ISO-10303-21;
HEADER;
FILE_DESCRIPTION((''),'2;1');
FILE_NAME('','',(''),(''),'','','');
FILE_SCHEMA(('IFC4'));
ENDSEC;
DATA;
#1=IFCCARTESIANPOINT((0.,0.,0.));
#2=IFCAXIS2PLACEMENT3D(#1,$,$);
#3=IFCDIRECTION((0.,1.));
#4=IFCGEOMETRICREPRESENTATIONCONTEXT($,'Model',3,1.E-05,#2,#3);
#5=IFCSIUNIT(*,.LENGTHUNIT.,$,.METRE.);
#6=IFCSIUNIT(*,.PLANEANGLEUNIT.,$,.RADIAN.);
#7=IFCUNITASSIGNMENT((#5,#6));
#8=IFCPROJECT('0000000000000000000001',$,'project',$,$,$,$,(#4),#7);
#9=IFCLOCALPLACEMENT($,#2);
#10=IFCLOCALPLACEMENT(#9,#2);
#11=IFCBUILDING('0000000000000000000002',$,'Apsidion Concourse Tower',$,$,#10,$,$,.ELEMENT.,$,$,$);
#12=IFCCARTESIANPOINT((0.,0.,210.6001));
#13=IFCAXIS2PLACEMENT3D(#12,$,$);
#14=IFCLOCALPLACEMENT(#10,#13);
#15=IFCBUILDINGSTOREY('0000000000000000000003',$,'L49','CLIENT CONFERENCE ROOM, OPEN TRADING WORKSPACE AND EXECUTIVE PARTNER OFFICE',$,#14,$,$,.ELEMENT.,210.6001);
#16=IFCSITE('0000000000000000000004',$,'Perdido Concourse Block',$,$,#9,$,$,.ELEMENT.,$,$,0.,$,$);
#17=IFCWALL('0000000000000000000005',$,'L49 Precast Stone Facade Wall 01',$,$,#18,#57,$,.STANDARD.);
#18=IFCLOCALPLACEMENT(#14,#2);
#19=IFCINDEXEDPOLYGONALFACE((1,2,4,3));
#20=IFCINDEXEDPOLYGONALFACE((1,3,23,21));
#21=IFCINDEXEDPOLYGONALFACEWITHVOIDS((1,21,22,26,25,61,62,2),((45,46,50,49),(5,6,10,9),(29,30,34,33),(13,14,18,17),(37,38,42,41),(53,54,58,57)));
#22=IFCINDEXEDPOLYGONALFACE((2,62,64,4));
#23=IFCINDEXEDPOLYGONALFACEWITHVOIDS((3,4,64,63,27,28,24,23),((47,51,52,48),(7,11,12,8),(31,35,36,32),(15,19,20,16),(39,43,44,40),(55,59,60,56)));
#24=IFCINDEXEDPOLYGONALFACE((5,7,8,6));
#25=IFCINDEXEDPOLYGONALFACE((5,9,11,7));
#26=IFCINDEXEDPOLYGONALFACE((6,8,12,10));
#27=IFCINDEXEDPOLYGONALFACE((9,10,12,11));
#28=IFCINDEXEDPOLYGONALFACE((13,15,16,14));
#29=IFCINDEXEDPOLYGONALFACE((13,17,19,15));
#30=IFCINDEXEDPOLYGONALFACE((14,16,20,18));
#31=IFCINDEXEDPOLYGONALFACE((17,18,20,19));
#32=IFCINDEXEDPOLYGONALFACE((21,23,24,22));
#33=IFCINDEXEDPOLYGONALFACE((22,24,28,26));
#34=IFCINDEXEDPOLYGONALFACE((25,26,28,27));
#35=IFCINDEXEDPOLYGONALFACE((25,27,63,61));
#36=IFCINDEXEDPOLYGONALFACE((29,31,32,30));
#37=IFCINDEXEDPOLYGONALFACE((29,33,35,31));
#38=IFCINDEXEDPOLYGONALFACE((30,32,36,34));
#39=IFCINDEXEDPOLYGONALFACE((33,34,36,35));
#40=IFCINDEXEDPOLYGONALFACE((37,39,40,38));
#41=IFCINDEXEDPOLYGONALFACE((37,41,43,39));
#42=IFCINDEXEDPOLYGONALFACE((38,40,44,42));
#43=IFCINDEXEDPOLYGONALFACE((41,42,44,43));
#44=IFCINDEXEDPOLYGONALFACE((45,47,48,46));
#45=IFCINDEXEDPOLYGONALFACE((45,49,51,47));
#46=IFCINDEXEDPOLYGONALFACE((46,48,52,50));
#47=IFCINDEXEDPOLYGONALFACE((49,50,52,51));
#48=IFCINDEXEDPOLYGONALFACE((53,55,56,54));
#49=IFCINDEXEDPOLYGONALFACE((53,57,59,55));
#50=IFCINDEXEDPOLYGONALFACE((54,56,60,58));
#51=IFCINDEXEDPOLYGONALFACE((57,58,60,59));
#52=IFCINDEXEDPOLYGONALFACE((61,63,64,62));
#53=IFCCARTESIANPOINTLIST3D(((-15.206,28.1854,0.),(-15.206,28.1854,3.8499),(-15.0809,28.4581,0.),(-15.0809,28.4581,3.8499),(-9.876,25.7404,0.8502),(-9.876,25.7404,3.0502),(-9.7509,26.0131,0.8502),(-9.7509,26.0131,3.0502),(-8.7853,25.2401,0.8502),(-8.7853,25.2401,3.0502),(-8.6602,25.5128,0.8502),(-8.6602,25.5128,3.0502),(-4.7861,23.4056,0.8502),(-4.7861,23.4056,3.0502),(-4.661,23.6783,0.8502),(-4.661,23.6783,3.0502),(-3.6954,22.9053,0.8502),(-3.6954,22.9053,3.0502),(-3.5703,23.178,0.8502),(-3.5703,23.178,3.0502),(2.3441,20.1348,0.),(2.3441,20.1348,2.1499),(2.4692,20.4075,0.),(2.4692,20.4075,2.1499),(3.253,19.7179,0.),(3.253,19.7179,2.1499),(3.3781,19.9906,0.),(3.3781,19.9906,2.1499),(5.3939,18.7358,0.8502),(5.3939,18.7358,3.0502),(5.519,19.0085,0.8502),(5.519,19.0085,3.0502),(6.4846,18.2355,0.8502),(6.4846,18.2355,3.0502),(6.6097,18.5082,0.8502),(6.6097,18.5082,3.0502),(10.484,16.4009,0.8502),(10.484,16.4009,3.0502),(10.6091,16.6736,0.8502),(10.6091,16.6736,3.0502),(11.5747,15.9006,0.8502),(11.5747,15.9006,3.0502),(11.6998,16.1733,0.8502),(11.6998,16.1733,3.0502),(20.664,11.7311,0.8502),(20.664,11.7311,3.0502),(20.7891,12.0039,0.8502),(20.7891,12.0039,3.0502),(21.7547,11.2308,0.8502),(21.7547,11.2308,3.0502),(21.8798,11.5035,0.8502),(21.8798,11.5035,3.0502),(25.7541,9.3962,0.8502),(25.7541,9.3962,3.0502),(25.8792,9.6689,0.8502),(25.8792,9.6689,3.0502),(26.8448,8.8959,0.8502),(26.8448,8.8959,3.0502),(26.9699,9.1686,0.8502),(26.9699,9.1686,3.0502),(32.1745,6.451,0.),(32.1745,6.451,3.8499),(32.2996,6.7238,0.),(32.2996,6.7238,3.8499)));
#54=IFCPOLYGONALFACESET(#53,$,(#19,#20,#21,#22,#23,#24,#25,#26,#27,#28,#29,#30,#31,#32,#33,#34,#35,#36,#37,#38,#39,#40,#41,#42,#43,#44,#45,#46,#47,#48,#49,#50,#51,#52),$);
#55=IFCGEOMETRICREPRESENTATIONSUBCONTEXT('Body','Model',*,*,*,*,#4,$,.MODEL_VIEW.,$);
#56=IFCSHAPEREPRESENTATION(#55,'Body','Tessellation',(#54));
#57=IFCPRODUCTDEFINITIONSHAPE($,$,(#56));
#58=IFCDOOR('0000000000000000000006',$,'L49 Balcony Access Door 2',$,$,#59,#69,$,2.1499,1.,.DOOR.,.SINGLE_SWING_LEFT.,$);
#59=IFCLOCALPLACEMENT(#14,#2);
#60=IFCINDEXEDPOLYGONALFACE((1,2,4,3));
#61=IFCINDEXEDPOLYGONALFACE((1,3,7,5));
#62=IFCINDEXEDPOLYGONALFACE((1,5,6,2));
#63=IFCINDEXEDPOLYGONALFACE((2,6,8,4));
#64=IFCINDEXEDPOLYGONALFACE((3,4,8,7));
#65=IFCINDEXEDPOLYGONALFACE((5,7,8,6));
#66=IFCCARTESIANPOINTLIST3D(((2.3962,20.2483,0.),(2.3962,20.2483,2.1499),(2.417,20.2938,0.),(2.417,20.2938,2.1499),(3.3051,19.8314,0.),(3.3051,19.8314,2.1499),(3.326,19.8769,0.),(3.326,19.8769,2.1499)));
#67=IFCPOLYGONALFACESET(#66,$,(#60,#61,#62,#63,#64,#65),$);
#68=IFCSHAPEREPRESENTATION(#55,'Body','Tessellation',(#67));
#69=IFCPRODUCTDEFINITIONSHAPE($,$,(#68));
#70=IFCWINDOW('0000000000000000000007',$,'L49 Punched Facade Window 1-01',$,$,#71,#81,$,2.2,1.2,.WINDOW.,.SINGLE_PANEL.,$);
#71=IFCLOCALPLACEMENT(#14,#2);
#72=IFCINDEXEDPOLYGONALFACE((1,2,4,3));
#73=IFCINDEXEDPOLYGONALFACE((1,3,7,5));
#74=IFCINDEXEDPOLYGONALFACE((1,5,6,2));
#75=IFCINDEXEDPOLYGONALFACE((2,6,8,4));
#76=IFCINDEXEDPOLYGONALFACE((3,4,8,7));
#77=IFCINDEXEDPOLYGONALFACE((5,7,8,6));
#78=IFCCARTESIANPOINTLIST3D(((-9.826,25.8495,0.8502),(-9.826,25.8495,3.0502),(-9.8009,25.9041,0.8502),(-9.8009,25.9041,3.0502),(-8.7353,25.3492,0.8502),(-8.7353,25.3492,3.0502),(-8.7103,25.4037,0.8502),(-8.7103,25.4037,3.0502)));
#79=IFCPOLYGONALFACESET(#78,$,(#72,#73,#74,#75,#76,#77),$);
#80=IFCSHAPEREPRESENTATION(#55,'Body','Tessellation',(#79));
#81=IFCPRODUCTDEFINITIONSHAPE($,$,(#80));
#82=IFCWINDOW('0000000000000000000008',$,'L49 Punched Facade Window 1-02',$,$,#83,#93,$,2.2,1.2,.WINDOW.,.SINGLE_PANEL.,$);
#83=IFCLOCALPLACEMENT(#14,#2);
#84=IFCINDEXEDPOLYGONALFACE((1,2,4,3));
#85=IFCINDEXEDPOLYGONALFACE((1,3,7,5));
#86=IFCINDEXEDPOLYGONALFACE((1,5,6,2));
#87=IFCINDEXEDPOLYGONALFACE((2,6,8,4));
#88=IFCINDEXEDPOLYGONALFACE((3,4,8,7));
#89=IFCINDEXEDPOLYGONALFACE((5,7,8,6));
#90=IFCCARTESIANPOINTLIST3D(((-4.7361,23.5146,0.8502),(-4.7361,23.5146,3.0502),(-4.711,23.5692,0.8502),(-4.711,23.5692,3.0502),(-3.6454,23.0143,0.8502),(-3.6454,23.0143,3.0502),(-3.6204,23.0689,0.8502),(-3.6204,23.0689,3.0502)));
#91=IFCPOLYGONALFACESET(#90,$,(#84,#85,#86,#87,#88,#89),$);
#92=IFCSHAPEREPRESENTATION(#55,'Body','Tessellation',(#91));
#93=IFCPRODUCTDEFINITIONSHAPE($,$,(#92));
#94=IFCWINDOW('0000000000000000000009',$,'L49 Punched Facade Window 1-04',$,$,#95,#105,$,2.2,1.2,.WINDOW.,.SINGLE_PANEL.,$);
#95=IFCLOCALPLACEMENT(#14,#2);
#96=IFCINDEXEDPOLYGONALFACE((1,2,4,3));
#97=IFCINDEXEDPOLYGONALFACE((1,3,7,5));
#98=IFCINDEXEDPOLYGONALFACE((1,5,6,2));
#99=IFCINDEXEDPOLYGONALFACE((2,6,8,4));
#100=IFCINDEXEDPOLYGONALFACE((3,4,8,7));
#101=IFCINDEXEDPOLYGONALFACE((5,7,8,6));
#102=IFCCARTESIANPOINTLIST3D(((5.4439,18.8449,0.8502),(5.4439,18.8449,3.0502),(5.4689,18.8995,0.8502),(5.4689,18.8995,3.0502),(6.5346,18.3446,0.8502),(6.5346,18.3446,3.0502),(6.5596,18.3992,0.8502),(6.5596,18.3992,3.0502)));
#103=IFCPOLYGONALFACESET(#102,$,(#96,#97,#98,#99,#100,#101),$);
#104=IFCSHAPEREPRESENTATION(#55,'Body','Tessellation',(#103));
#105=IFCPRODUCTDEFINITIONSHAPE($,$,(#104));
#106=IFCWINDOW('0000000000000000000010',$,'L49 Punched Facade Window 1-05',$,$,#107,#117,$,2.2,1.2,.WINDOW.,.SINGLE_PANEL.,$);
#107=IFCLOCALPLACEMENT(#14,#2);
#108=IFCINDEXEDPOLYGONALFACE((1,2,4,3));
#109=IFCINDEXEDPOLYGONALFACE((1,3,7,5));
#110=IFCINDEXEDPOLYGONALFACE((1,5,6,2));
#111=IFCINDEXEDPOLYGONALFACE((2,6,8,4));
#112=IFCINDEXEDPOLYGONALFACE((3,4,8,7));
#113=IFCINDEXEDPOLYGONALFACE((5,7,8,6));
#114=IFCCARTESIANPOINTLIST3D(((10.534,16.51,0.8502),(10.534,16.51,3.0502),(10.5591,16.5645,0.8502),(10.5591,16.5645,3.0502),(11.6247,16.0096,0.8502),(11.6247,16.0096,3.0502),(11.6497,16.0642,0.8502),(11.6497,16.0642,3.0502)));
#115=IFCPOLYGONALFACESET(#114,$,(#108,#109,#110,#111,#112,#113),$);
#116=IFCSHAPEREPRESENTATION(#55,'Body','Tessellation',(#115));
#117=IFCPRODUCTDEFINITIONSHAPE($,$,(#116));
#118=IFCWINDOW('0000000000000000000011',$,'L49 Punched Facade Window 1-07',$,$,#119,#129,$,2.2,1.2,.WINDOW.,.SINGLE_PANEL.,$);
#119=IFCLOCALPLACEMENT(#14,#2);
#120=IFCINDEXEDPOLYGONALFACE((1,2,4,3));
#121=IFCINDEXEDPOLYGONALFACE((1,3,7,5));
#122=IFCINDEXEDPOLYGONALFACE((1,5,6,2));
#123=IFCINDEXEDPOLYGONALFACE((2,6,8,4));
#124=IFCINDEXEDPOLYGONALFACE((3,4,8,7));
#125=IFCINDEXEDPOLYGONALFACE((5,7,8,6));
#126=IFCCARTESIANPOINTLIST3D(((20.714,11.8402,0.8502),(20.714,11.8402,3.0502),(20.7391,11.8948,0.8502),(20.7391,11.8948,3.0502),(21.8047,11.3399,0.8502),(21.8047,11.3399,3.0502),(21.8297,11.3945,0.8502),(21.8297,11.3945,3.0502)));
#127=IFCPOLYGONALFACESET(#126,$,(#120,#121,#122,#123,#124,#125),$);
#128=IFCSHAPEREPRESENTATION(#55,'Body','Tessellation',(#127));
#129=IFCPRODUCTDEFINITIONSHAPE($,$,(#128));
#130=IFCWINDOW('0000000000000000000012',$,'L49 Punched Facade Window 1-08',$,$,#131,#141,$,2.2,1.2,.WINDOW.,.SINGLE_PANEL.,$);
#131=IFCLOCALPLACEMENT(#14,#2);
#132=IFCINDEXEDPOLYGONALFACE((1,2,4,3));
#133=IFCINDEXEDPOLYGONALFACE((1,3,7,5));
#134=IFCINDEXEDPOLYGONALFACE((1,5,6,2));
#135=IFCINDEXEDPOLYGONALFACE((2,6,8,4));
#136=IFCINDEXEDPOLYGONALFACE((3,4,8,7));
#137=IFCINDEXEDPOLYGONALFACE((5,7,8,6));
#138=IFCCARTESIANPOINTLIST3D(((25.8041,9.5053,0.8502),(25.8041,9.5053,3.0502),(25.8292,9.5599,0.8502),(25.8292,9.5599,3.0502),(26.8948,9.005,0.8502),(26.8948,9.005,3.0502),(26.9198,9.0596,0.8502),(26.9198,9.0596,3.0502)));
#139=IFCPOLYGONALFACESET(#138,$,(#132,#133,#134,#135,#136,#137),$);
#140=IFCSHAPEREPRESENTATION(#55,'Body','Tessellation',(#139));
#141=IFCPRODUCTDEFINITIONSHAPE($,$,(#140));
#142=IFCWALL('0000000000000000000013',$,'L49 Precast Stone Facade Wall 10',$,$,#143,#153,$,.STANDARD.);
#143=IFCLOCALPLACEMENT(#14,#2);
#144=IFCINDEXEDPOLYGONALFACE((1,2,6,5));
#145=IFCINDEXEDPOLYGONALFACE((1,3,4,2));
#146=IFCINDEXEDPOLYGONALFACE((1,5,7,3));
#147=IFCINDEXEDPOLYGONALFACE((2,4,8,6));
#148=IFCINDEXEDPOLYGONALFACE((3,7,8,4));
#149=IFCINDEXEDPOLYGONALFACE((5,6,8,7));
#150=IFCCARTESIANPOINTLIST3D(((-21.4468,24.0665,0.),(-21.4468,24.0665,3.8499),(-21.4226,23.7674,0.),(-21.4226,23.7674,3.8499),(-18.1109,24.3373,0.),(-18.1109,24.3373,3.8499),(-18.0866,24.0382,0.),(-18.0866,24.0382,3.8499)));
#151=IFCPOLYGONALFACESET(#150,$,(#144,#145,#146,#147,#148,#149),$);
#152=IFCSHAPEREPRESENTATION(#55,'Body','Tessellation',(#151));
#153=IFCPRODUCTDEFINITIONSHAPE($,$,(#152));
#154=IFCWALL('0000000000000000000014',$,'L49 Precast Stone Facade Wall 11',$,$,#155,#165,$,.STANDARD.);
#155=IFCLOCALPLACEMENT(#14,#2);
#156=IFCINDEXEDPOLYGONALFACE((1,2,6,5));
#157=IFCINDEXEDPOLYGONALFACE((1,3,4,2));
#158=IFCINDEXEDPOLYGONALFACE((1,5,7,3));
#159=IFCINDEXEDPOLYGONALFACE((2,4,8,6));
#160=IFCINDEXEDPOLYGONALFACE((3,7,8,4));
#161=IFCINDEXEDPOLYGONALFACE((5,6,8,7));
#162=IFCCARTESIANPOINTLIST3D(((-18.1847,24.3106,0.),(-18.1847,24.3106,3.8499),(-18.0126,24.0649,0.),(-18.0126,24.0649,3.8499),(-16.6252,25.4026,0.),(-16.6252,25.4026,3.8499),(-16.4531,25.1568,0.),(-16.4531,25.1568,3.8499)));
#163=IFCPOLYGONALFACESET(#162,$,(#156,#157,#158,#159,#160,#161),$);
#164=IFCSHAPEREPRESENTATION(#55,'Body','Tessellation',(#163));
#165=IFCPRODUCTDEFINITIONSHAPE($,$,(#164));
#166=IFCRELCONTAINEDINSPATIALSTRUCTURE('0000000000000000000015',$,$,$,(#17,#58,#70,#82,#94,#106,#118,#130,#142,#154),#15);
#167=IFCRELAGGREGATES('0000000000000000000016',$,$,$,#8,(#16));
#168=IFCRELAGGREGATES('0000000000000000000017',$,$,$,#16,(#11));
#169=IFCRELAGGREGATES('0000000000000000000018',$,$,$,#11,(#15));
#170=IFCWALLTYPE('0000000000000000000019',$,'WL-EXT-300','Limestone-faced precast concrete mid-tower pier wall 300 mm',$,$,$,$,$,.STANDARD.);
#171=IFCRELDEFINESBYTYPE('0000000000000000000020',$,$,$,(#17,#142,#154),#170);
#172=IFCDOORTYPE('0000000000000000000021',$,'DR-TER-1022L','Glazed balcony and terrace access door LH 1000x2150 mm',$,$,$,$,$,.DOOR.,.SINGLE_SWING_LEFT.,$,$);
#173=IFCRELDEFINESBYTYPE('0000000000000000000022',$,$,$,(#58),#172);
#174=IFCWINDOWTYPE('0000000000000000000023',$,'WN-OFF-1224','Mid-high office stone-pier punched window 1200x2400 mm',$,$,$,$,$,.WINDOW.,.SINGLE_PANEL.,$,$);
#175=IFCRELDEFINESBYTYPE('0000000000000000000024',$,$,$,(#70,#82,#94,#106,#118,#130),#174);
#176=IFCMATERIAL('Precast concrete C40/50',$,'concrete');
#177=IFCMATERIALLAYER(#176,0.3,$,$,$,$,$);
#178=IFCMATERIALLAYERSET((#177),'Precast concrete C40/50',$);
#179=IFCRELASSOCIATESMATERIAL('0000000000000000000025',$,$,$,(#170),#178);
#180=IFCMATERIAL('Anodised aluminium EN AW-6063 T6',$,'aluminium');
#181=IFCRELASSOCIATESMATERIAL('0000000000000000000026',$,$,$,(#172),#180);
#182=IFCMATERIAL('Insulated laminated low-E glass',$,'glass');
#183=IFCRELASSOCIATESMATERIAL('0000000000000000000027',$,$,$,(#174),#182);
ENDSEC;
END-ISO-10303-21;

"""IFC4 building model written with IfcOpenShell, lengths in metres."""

from ifc_helpers import new_model, si_unit, direction, frame, frame_2d, origin, place, context, subcontext, project, spatial, rectangle, extrude, material, layer, layer_set, type_object, element, fill, save


model = new_model("IFC4")

# Units and contexts
model_context = context("Model", 3, precision=1e-05, world=origin(), true_north=direction((0.0, 1.0)))
body_context = subcontext(model_context, "Body", "Model", "MODEL_VIEW")
ifc_project = project(units=[si_unit("LENGTHUNIT", "METRE"), si_unit("PLANEANGLEUNIT", "RADIAN")], contexts=[model_context])

# Site, building, storey
site_placement = place(None, origin())
site = spatial("IfcSite", under=ifc_project, at=site_placement, Name="Perdido Concourse Block", CompositionType="ELEMENT", RefElevation=0.0)
building_placement = place(site_placement, origin())
building = spatial("IfcBuilding", under=site, at=building_placement, Name="Apsidion Concourse Tower", CompositionType="ELEMENT")
storey_placement = place(building_placement, frame((0.0, 0.0, 210.6001)))
storey = spatial("IfcBuildingStorey", under=building, at=storey_placement, Name="L49", Description="CLIENT CONFERENCE ROOM, OPEN TRADING WORKSPACE AND EXECUTIVE PARTNER OFFICE", CompositionType="ELEMENT", Elevation=210.6001)

# Wall, openings, door, windows
ifc_material_1 = material(Name="Precast concrete C40/50", Category="concrete")
ifc_layer = layer(ifc_material_1, 0.3)
ifc_layer_set = layer_set([ifc_layer], Name="Precast concrete C40/50")
wall_type = type_object("IfcWallType", Name="WL-EXT-300", Description="Limestone-faced precast concrete mid-tower pier wall 300 mm", PredefinedType="STANDARD", material=ifc_layer_set)
wall_1_placement = place(storey_placement, frame((-15.1436, 28.3218, 0.0), z_axis=(0.0, 0.0, 1.0), x_axis=(0.908932, -0.416944, 0.0)))
wall_1 = element("IfcWall", 1, at=wall_1_placement, inside=storey, type_object=wall_type, Name="L49 Precast Stone Facade Wall 01", PredefinedType="STANDARD", context=body_context, shape_type="SweptSolid", body=[
    extrude(rectangle(XDim=52.1277, YDim=0.3, at=frame_2d((26.064, 0.0))), origin(), (0.0, 0.0, 1.0), 3.8499),
])
opening_1_placement = place(wall_1_placement, frame((19.3086, 0.0, 0.0)))
opening_1 = element("IfcOpeningElement", 2, at=opening_1_placement, cuts=wall_1, PredefinedType="OPENING", context=body_context, shape_type="SweptSolid", body=[
    extrude(rectangle(XDim=1.0, YDim=2.1499, at=frame_2d((0.5, 1.075))), frame((0.0, 0.1602, 0.0), z_axis=(0.0, -1.0, 0.0), x_axis=(1.0, 0.0, 0.0)), (0.0, 0.0, 1.0), 0.3201),
])
opening_2_placement = place(wall_1_placement, frame((5.864, 0.0, 0.8501)))
opening_2 = element("IfcOpeningElement", 3, at=opening_2_placement, cuts=wall_1, PredefinedType="OPENING", context=body_context, shape_type="SweptSolid", body=[
    extrude(rectangle(XDim=1.2, YDim=2.2, at=frame_2d((0.6001, 1.1001))), frame((0.0, 0.1602, 0.0), z_axis=(0.0, -1.0, 0.0), x_axis=(1.0, 0.0, 0.0)), (0.0, 0.0, 1.0), 0.3201),
])
opening_3_placement = place(wall_1_placement, frame((11.4639, 0.0, 0.8501)))
opening_3 = element("IfcOpeningElement", 4, at=opening_3_placement, cuts=wall_1, PredefinedType="OPENING", context=body_context, shape_type="SweptSolid", body=[
    extrude(rectangle(XDim=1.2, YDim=2.2, at=frame_2d((0.6001, 1.1001))), frame((0.0, 0.1602, 0.0), z_axis=(0.0, -1.0, 0.0), x_axis=(1.0, 0.0, 0.0)), (0.0, 0.0, 1.0), 0.3201),
])
opening_4_placement = place(wall_1_placement, frame((22.6638, 0.0, 0.8501)))
opening_4 = element("IfcOpeningElement", 5, at=opening_4_placement, cuts=wall_1, PredefinedType="OPENING", context=body_context, shape_type="SweptSolid", body=[
    extrude(rectangle(XDim=1.2, YDim=2.2, at=frame_2d((0.6001, 1.1001))), frame((0.0, 0.1602, 0.0), z_axis=(0.0, -1.0, 0.0), x_axis=(1.0, 0.0, 0.0)), (0.0, 0.0, 1.0), 0.3201),
])
opening_5_placement = place(wall_1_placement, frame((28.2639, 0.0, 0.8501)))
opening_5 = element("IfcOpeningElement", 6, at=opening_5_placement, cuts=wall_1, PredefinedType="OPENING", context=body_context, shape_type="SweptSolid", body=[
    extrude(rectangle(XDim=1.2, YDim=2.2, at=frame_2d((0.6001, 1.1001))), frame((0.0, 0.1602, 0.0), z_axis=(0.0, -1.0, 0.0), x_axis=(1.0, 0.0, 0.0)), (0.0, 0.0, 1.0), 0.3201),
])
opening_6_placement = place(wall_1_placement, frame((39.4639, 0.0, 0.8501)))
opening_6 = element("IfcOpeningElement", 7, at=opening_6_placement, cuts=wall_1, PredefinedType="OPENING", context=body_context, shape_type="SweptSolid", body=[
    extrude(rectangle(XDim=1.2, YDim=2.2, at=frame_2d((0.6001, 1.1001))), frame((0.0, 0.1602, 0.0), z_axis=(0.0, -1.0, 0.0), x_axis=(1.0, 0.0, 0.0)), (0.0, 0.0, 1.0), 0.3201),
])
opening_7_placement = place(wall_1_placement, frame((45.064, 0.0, 0.8501)))
opening_7 = element("IfcOpeningElement", 8, at=opening_7_placement, cuts=wall_1, PredefinedType="OPENING", context=body_context, shape_type="SweptSolid", body=[
    extrude(rectangle(XDim=1.2, YDim=2.2, at=frame_2d((0.6001, 1.1001))), frame((0.0, 0.1602, 0.0), z_axis=(0.0, -1.0, 0.0), x_axis=(1.0, 0.0, 0.0)), (0.0, 0.0, 1.0), 0.3201),
])
ifc_material_2 = material(Name="Anodised aluminium EN AW-6063 T6", Category="aluminium")
door_type = type_object("IfcDoorType", Name="DR-TER-1022L", Description="Glazed balcony and terrace access door LH 1000x2150 mm", OperationType="SINGLE_SWING_LEFT", PredefinedType="DOOR", material=ifc_material_2)
door_placement = place(opening_1_placement, origin())
door = element("IfcDoor", 9, at=door_placement, inside=storey, type_object=door_type, Name="L49 Balcony Access Door 2", OperationType="SINGLE_SWING_LEFT", OverallHeight=2.1499, OverallWidth=1.0, PredefinedType="DOOR", context=body_context, shape_type="SweptSolid", body=[
    extrude(rectangle(XDim=1.0, YDim=2.1499, at=frame_2d((0.5, 1.075))), frame((0.0, 0.0249, 0.0), z_axis=(0.0, -1.0, 0.0), x_axis=(1.0, 0.0, 0.0)), (0.0, 0.0, 1.0), 0.05),
])
fill(opening_1, door)
ifc_material_3 = material(Name="Insulated laminated low-E glass", Category="glass")
window_type = type_object("IfcWindowType", Name="WN-OFF-1224", Description="Mid-high office stone-pier punched window 1200x2400 mm", PartitioningType="SINGLE_PANEL", PredefinedType="WINDOW", material=ifc_material_3)
window_1_placement = place(opening_2_placement, origin())
window_1 = element("IfcWindow", 10, at=window_1_placement, inside=storey, type_object=window_type, Name="L49 Punched Facade Window 1-01", OverallHeight=2.2, OverallWidth=1.2, PartitioningType="SINGLE_PANEL", PredefinedType="WINDOW", context=body_context, shape_type="SweptSolid", body=[
    extrude(rectangle(XDim=1.2, YDim=2.2, at=frame_2d((0.6001, 1.1001))), frame((0.0, 0.03, 0.0), z_axis=(0.0, -1.0, 0.0), x_axis=(1.0, 0.0, 0.0)), (0.0, 0.0, 1.0), 0.0601),
])
fill(opening_2, window_1)
window_2_placement = place(opening_3_placement, origin())
window_2 = element("IfcWindow", 11, at=window_2_placement, inside=storey, type_object=window_type, Name="L49 Punched Facade Window 1-02", OverallHeight=2.2, OverallWidth=1.2, PartitioningType="SINGLE_PANEL", PredefinedType="WINDOW", context=body_context, shape_type="SweptSolid", body=[
    extrude(rectangle(XDim=1.2, YDim=2.2, at=frame_2d((0.6001, 1.1001))), frame((0.0, 0.03, 0.0), z_axis=(0.0, -1.0, 0.0), x_axis=(1.0, 0.0, 0.0)), (0.0, 0.0, 1.0), 0.0601),
])
fill(opening_3, window_2)
window_3_placement = place(opening_4_placement, origin())
window_3 = element("IfcWindow", 12, at=window_3_placement, inside=storey, type_object=window_type, Name="L49 Punched Facade Window 1-04", OverallHeight=2.2, OverallWidth=1.2, PartitioningType="SINGLE_PANEL", PredefinedType="WINDOW", context=body_context, shape_type="SweptSolid", body=[
    extrude(rectangle(XDim=1.2, YDim=2.2, at=frame_2d((0.6001, 1.1001))), frame((0.0, 0.03, 0.0), z_axis=(0.0, -1.0, 0.0), x_axis=(1.0, 0.0, 0.0)), (0.0, 0.0, 1.0), 0.0601),
])
fill(opening_4, window_3)
window_4_placement = place(opening_5_placement, origin())
window_4 = element("IfcWindow", 13, at=window_4_placement, inside=storey, type_object=window_type, Name="L49 Punched Facade Window 1-05", OverallHeight=2.2, OverallWidth=1.2, PartitioningType="SINGLE_PANEL", PredefinedType="WINDOW", context=body_context, shape_type="SweptSolid", body=[
    extrude(rectangle(XDim=1.2, YDim=2.2, at=frame_2d((0.6001, 1.1001))), frame((0.0, 0.03, 0.0), z_axis=(0.0, -1.0, 0.0), x_axis=(1.0, 0.0, 0.0)), (0.0, 0.0, 1.0), 0.0601),
])
fill(opening_5, window_4)
window_5_placement = place(opening_6_placement, origin())
window_5 = element("IfcWindow", 14, at=window_5_placement, inside=storey, type_object=window_type, Name="L49 Punched Facade Window 1-07", OverallHeight=2.2, OverallWidth=1.2, PartitioningType="SINGLE_PANEL", PredefinedType="WINDOW", context=body_context, shape_type="SweptSolid", body=[
    extrude(rectangle(XDim=1.2, YDim=2.2, at=frame_2d((0.6001, 1.1001))), frame((0.0, 0.03, 0.0), z_axis=(0.0, -1.0, 0.0), x_axis=(1.0, 0.0, 0.0)), (0.0, 0.0, 1.0), 0.0601),
])
fill(opening_6, window_5)
window_6_placement = place(opening_7_placement, origin())
window_6 = element("IfcWindow", 15, at=window_6_placement, inside=storey, type_object=window_type, Name="L49 Punched Facade Window 1-08", OverallHeight=2.2, OverallWidth=1.2, PartitioningType="SINGLE_PANEL", PredefinedType="WINDOW", context=body_context, shape_type="SweptSolid", body=[
    extrude(rectangle(XDim=1.2, YDim=2.2, at=frame_2d((0.6001, 1.1001))), frame((0.0, 0.03, 0.0), z_axis=(0.0, -1.0, 0.0), x_axis=(1.0, 0.0, 0.0)), (0.0, 0.0, 1.0), 0.0601),
])
fill(opening_7, window_6)

# Walls
wall_2_placement = place(storey_placement, frame((-21.4346, 23.917, 0.0), z_axis=(0.0, 0.0, 1.0), x_axis=(0.996723, 0.080896, 0.0)))
element("IfcWall", 16, at=wall_2_placement, inside=storey, type_object=wall_type, Name="L49 Precast Stone Facade Wall 10", PredefinedType="STANDARD", context=body_context, shape_type="SweptSolid", body=[
    extrude(rectangle(XDim=3.3469, YDim=0.3, at=frame_2d((1.6733, 0.0))), origin(), (0.0, 0.0, 1.0), 3.8499),
])
wall_3_placement = place(storey_placement, frame((-18.0986, 24.1877, 0.0), z_axis=(0.0, 0.0, 1.0), x_axis=(0.819148, 0.573583, 0.0)))
element("IfcWall", 17, at=wall_3_placement, inside=storey, type_object=wall_type, Name="L49 Precast Stone Facade Wall 11", PredefinedType="STANDARD", context=body_context, shape_type="SweptSolid", body=[
    extrude(rectangle(XDim=1.9038, YDim=0.3, at=frame_2d((0.9519, 0.0))), origin(), (0.0, 0.0, 1.0), 3.8499),
])

save(model, "model.ifc")
